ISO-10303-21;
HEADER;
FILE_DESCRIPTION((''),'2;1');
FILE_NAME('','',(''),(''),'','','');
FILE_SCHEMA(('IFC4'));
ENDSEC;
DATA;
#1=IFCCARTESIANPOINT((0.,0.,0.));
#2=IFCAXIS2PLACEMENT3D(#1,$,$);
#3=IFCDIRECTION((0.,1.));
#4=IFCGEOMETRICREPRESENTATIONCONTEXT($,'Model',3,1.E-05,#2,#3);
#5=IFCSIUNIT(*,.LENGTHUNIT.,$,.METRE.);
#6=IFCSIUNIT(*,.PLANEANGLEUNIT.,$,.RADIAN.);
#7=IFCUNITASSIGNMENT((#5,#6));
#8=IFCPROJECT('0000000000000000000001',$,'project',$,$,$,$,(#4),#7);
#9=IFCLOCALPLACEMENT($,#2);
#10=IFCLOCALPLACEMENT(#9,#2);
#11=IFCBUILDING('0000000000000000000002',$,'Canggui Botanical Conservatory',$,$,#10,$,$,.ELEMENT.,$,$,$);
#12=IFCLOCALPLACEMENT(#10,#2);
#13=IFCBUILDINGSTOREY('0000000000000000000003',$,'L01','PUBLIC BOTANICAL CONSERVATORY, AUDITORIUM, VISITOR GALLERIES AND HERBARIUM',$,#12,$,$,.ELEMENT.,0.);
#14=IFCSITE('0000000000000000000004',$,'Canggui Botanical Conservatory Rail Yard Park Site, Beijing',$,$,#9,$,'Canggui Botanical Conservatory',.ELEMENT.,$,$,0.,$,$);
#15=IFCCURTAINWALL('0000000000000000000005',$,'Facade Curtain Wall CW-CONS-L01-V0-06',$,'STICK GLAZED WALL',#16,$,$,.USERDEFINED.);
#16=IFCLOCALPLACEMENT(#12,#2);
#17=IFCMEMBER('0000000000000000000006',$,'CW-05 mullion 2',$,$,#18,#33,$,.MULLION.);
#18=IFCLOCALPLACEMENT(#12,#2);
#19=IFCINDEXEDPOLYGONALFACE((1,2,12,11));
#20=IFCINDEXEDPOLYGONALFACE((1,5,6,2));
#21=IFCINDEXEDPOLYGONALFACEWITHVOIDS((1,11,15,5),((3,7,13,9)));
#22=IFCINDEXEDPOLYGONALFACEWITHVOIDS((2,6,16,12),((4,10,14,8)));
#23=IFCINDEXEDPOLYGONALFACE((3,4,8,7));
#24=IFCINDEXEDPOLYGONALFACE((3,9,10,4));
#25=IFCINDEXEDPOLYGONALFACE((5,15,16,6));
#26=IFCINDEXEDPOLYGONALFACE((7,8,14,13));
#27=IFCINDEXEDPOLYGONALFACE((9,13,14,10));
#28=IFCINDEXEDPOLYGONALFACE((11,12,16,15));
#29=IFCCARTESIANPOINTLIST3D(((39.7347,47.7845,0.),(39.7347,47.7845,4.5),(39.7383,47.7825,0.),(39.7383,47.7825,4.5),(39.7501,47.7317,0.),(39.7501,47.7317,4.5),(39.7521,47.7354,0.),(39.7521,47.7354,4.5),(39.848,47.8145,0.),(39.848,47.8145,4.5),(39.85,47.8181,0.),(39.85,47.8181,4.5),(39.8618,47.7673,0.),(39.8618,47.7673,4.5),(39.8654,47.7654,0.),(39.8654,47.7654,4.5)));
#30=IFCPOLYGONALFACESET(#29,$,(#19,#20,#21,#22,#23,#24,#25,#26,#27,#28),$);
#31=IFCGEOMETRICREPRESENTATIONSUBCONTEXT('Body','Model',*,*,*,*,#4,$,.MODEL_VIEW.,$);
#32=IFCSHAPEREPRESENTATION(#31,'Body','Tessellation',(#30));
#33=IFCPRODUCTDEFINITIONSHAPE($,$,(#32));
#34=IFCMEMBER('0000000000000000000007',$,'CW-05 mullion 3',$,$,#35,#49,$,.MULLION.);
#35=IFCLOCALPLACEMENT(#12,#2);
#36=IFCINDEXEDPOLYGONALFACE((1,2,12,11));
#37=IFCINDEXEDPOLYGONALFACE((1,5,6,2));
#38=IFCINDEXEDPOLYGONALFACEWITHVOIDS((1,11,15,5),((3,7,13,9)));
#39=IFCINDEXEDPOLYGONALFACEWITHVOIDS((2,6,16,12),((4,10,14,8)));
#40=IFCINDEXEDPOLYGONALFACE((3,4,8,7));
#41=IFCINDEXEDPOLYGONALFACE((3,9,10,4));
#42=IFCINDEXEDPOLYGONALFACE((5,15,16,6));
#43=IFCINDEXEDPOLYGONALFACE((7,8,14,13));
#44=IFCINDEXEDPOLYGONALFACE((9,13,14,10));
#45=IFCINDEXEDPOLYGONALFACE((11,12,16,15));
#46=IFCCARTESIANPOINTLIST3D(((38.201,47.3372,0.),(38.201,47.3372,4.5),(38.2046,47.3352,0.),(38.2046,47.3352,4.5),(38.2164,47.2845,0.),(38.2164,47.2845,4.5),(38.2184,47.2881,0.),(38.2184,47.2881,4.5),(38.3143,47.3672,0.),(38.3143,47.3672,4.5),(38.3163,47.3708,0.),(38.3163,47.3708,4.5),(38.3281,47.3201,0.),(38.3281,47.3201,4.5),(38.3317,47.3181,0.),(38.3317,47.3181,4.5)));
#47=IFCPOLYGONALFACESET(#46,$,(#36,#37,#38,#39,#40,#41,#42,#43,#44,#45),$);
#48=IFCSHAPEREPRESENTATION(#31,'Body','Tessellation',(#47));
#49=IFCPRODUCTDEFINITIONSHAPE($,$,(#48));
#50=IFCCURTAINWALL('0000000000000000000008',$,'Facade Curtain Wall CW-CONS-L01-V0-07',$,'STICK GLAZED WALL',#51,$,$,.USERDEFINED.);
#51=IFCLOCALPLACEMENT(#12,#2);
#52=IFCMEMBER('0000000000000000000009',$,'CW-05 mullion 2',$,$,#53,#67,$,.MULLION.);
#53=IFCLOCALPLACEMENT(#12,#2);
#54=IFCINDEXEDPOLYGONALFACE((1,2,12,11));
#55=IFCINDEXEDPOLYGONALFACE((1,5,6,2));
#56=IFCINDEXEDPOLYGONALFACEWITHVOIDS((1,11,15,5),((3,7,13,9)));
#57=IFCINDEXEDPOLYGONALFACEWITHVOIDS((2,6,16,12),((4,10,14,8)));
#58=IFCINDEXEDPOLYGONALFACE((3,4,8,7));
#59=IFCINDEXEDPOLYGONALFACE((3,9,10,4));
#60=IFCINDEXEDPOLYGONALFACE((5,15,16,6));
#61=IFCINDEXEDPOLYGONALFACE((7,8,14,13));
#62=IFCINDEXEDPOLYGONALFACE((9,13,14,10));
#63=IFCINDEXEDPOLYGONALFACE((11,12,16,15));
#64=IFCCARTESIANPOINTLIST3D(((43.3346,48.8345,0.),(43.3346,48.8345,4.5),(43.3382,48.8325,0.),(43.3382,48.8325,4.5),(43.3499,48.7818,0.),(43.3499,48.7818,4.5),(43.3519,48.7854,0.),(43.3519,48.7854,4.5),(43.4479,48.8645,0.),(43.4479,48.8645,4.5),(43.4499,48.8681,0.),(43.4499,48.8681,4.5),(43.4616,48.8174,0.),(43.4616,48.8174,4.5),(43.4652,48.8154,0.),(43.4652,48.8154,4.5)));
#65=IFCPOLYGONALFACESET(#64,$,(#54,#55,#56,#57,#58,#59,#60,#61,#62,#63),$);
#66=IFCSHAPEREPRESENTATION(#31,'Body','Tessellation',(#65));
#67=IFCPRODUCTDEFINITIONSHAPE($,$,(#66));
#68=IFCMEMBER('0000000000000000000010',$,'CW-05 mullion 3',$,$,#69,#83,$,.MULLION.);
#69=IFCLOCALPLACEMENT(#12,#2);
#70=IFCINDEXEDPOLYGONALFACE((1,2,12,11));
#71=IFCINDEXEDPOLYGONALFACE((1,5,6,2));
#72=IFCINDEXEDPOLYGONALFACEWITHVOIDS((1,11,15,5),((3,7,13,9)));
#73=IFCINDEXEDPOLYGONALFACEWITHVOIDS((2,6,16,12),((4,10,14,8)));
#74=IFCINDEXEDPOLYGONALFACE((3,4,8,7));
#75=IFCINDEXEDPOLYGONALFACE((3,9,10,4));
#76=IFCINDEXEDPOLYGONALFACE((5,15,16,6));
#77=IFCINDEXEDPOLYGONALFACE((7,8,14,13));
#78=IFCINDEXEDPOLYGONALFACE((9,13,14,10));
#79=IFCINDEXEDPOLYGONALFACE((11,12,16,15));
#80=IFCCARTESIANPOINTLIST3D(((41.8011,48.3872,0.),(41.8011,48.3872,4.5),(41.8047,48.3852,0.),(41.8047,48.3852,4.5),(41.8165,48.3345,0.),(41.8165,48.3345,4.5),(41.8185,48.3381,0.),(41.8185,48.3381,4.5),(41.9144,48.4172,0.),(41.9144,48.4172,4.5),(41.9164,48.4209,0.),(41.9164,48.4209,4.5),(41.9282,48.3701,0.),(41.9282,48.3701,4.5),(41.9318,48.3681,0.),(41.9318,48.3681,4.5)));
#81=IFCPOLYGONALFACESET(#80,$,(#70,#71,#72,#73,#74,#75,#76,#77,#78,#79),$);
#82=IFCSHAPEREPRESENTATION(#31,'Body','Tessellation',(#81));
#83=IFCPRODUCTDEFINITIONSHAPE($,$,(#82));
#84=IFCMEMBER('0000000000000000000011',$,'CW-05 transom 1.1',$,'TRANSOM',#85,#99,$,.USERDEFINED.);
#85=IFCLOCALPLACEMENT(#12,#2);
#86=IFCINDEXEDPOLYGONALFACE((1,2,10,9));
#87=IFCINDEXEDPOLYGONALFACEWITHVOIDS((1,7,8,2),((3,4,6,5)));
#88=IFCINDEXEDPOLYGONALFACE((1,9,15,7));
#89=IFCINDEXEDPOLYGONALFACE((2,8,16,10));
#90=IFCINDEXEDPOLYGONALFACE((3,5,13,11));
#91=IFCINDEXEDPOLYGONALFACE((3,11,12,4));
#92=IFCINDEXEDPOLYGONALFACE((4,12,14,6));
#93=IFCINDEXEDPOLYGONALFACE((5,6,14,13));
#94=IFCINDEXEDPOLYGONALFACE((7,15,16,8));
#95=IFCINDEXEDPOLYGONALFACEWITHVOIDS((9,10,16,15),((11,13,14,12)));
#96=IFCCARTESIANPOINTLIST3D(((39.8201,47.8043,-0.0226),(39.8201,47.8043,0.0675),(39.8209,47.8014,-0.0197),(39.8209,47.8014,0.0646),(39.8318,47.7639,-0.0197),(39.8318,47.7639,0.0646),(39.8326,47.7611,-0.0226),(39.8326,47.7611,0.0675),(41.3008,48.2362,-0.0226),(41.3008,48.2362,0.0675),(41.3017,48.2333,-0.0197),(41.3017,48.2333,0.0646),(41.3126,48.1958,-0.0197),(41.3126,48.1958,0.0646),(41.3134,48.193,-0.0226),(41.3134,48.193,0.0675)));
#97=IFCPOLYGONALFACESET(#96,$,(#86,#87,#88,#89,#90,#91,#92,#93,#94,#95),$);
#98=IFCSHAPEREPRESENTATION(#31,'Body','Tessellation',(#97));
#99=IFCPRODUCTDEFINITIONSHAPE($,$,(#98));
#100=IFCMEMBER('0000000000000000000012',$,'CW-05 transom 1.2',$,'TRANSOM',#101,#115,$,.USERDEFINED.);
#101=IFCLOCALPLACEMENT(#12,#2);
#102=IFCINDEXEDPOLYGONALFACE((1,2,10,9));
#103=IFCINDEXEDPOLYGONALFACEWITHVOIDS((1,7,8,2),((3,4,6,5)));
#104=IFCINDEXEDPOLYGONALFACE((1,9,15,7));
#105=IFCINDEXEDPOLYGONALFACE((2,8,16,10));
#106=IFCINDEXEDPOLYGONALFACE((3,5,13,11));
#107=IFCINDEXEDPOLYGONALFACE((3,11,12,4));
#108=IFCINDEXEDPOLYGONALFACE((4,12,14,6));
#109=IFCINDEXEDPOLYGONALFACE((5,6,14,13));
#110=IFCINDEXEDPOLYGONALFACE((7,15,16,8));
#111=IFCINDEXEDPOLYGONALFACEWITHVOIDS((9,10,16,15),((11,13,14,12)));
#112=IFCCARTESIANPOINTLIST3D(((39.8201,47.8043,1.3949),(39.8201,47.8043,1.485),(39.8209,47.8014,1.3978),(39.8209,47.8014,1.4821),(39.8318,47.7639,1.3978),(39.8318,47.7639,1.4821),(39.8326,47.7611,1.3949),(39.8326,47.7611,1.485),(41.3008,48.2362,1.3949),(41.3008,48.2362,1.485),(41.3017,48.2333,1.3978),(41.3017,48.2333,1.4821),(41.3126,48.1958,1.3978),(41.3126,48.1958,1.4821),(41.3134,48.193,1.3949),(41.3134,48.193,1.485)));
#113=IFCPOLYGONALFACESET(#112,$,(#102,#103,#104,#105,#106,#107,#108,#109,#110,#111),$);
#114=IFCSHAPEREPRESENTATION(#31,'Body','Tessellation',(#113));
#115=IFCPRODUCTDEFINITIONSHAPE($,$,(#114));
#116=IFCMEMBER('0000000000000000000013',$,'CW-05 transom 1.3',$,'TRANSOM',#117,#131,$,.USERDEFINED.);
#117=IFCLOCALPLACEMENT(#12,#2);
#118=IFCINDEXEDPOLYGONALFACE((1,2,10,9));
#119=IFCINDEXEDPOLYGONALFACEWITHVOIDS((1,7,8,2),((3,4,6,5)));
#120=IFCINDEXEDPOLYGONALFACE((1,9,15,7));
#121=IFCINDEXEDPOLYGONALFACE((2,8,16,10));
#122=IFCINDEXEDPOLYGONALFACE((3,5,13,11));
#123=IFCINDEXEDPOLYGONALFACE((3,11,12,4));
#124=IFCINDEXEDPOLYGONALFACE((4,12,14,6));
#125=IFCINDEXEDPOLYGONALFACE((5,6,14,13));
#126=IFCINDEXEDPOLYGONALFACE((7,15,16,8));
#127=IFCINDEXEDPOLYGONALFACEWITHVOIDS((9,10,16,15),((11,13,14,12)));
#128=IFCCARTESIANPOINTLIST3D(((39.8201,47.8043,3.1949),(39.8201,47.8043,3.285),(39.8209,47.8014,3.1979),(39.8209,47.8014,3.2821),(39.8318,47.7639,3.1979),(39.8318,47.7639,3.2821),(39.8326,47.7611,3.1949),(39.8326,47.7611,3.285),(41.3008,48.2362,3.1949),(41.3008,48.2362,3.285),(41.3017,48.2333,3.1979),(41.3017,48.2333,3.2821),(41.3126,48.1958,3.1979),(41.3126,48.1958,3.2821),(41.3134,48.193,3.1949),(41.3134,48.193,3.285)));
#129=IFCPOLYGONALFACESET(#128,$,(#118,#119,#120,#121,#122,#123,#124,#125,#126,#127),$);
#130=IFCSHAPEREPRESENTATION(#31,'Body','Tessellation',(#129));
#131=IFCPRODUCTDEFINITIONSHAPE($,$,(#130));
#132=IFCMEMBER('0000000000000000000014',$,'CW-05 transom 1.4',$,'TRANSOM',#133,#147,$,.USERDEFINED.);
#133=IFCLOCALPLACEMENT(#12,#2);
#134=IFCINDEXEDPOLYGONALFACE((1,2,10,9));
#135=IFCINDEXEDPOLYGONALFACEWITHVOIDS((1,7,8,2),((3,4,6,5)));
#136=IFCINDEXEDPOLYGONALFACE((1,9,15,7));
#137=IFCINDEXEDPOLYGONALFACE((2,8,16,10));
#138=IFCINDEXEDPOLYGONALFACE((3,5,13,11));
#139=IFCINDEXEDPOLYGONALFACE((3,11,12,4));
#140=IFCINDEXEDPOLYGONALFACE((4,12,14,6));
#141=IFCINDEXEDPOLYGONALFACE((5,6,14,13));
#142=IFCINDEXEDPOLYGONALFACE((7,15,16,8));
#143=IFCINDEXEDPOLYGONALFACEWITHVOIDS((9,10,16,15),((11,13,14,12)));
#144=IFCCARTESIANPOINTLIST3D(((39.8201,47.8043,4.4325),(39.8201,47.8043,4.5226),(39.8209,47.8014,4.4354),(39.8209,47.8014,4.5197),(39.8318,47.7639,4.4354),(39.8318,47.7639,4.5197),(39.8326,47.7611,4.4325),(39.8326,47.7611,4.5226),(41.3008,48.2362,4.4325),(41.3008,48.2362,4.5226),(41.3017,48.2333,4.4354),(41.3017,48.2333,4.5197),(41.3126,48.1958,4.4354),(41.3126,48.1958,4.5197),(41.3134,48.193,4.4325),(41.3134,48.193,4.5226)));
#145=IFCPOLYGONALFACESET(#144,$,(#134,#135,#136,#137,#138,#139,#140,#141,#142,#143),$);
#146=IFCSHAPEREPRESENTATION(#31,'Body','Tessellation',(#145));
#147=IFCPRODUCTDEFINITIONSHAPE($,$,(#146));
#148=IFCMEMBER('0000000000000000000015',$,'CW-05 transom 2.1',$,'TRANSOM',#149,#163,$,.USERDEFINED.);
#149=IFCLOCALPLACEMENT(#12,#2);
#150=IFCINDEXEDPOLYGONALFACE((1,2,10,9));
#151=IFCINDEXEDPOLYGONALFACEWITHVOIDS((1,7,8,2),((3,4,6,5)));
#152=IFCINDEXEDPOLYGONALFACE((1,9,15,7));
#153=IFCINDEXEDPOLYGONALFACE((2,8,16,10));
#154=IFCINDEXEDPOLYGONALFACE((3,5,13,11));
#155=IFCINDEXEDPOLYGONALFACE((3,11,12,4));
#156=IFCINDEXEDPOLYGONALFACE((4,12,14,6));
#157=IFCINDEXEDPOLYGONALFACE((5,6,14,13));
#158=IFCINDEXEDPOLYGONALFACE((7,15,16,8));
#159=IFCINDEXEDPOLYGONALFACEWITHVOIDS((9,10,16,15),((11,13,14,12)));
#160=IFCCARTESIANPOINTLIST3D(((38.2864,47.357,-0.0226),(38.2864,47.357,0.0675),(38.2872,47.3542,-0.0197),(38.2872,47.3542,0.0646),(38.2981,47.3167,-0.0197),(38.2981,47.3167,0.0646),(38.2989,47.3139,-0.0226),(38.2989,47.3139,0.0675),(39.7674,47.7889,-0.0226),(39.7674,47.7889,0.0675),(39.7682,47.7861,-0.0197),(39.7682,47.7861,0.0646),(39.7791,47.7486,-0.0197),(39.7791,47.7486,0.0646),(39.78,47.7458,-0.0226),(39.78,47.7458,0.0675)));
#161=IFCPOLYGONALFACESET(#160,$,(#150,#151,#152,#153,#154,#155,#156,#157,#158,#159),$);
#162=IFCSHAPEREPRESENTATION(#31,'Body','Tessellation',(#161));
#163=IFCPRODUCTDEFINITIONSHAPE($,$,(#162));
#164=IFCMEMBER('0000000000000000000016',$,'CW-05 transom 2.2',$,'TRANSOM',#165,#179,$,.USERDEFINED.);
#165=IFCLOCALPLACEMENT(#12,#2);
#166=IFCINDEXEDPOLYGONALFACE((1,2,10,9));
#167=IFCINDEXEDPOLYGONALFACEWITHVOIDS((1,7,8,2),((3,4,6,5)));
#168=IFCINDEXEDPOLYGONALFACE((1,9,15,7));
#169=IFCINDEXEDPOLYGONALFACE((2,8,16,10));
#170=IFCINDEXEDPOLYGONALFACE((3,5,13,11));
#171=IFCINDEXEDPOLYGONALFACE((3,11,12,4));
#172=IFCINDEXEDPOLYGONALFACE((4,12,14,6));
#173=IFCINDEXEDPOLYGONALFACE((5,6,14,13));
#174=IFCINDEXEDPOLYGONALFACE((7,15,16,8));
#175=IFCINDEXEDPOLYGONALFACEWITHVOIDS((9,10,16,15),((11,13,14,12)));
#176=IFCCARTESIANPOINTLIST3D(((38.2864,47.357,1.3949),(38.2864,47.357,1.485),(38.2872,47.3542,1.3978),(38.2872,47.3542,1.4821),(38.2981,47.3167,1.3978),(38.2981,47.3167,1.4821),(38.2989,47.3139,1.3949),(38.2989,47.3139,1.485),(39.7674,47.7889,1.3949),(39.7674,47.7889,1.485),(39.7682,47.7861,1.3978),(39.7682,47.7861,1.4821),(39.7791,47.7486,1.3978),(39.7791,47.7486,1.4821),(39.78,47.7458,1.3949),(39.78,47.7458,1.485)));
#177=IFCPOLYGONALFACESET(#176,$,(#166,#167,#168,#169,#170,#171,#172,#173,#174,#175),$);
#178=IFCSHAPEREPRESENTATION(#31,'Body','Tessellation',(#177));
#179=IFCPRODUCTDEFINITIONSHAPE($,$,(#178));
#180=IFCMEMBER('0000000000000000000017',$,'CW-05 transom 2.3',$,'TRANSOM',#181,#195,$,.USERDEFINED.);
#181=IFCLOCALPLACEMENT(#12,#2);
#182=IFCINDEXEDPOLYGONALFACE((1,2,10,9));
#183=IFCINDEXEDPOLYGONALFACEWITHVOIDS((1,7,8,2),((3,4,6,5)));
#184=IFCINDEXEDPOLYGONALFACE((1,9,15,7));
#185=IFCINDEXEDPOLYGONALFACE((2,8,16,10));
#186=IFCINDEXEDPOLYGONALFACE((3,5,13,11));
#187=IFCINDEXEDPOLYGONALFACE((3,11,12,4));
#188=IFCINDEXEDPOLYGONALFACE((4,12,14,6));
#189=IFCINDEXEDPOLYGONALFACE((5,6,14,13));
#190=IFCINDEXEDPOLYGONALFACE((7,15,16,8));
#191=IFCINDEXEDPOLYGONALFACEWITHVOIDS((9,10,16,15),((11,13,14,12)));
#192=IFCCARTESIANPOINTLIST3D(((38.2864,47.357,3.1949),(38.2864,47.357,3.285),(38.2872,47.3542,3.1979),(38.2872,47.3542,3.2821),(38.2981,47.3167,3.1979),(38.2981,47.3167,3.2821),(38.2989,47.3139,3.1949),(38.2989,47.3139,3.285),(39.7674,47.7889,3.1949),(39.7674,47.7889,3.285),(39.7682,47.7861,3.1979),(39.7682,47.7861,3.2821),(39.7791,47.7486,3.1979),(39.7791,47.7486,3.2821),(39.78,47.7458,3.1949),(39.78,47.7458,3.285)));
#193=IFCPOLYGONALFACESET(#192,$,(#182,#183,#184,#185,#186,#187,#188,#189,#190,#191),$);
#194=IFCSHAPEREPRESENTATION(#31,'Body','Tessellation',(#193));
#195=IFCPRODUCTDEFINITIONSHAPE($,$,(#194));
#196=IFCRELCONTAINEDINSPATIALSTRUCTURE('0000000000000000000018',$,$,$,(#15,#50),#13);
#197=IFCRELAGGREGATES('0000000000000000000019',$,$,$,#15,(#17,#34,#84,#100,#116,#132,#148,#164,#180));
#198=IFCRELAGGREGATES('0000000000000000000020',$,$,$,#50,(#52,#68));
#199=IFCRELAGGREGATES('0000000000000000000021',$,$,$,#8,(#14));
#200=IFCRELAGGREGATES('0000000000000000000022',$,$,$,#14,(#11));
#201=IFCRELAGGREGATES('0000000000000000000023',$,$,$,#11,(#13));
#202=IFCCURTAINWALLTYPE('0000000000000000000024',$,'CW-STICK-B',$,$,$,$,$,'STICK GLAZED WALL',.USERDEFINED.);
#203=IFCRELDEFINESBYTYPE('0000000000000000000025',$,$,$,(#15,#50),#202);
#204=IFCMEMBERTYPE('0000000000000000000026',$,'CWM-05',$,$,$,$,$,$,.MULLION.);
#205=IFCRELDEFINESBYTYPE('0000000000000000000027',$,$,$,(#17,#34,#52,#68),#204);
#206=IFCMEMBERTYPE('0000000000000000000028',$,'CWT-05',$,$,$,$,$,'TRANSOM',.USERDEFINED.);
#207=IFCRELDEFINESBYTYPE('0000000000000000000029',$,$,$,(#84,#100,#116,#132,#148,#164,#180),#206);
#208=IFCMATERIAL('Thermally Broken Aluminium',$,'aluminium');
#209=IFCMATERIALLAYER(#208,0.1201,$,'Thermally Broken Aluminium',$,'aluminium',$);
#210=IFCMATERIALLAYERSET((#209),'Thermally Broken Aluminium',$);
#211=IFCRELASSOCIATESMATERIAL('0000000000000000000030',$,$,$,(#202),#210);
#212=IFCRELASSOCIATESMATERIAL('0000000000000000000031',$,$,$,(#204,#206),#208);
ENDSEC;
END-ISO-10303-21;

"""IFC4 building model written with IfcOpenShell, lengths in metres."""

from ifc_helpers import new_model, si_unit, direction, frame, origin, origin_2d, place, context, subcontext, project, spatial, hollow_rectangle, extrude, material, layer, layer_set, material_profile, profile_set, type_object, element, aggregate, save


model = new_model("IFC4")

# Units and contexts
model_context = context("Model", 3, precision=1e-05, world=origin(), true_north=direction((0.0, 1.0)))
body_context = subcontext(model_context, "Body", "Model", "MODEL_VIEW")
ifc_project = project(units=[si_unit("LENGTHUNIT", "METRE"), si_unit("PLANEANGLEUNIT", "RADIAN")], contexts=[model_context])

# Site, building, storey
site_placement = place(None, origin())
site = spatial("IfcSite", under=ifc_project, at=site_placement, Name="Canggui Botanical Conservatory Rail Yard Park Site, Beijing", LongName="Canggui Botanical Conservatory", CompositionType="ELEMENT", RefElevation=0.0)
building_placement = place(site_placement, origin())
building = spatial("IfcBuilding", under=site, at=building_placement, Name="Canggui Botanical Conservatory", CompositionType="ELEMENT")
storey_placement = place(building_placement, origin())
storey = spatial("IfcBuildingStorey", under=building, at=storey_placement, Name="L01", Description="PUBLIC BOTANICAL CONSERVATORY, AUDITORIUM, VISITOR GALLERIES AND HERBARIUM", CompositionType="ELEMENT", Elevation=0.0)

# Curtain walls, members
ifc_material_1 = material(Name="Thermally Broken Aluminium", Category="aluminium")
ifc_layer_1 = layer(ifc_material_1, 0.1201, Name="Thermally Broken Aluminium", Category="aluminium")
ifc_layer_set_1 = layer_set([ifc_layer_1], Name="Thermally Broken Aluminium")
curtain_wall_type = type_object("IfcCurtainWallType", Name="CW-STICK-B", ElementType="STICK GLAZED WALL", PredefinedType="USERDEFINED", material=ifc_layer_set_1)
curtain_wall_1_placement = place(storey_placement, origin())
curtain_wall_1 = element("IfcCurtainWall", 1, at=curtain_wall_1_placement, inside=storey, type_object=curtain_wall_type, Name="Facade Curtain Wall CW-CONS-L01-V0-06", ObjectType="STICK GLAZED WALL", PredefinedType="USERDEFINED")
ifc_material_profile_1 = material_profile(ifc_material_1, hollow_rectangle(XDim=0.0549, YDim=0.1201, WallThickness=0.0029, at=origin_2d()), Name="CWM 55x120x3")
ifc_profile_set_1 = profile_set([ifc_material_profile_1], Name="Thermally Broken Aluminium")
member_type_1 = type_object("IfcMemberType", Name="CWM-05", PredefinedType="MULLION", material=ifc_profile_set_1)
member_1_placement = place(storey_placement, frame((39.8, 47.7749, 0.0), z_axis=(0.0, 0.0, 1.0), x_axis=(0.28, -0.96, 0.0)))
member_1 = element("IfcMember", 2, at=member_1_placement, type_object=member_type_1, Name="CW-05 mullion 2", PredefinedType="MULLION", context=body_context, shape_type="SweptSolid", body=[
    extrude(hollow_rectangle(XDim=0.0549, YDim=0.1201, WallThickness=0.0029, at=origin_2d()), origin(), (0.0, 0.0, 1.0), 4.5),
])
member_2_placement = place(storey_placement, frame((38.2664, 47.3276, 0.0), z_axis=(0.0, 0.0, 1.0), x_axis=(0.28, -0.96, 0.0)))
member_2 = element("IfcMember", 3, at=member_2_placement, type_object=member_type_1, Name="CW-05 mullion 3", PredefinedType="MULLION", context=body_context, shape_type="SweptSolid", body=[
    extrude(hollow_rectangle(XDim=0.0549, YDim=0.1201, WallThickness=0.0029, at=origin_2d()), origin(), (0.0, 0.0, 1.0), 4.5),
])
curtain_wall_2_placement = place(storey_placement, origin())
curtain_wall_2 = element("IfcCurtainWall", 4, at=curtain_wall_2_placement, inside=storey, type_object=curtain_wall_type, Name="Facade Curtain Wall CW-CONS-L01-V0-07", ObjectType="STICK GLAZED WALL", PredefinedType="USERDEFINED")
member_3_placement = place(storey_placement, frame((43.3999, 48.825, 0.0), z_axis=(0.0, 0.0, 1.0), x_axis=(0.28, -0.96, 0.0)))
member_3 = element("IfcMember", 5, at=member_3_placement, type_object=member_type_1, Name="CW-05 mullion 2", PredefinedType="MULLION", context=body_context, shape_type="SweptSolid", body=[
    extrude(hollow_rectangle(XDim=0.0549, YDim=0.1201, WallThickness=0.0029, at=origin_2d()), origin(), (0.0, 0.0, 1.0), 4.5),
])
member_4_placement = place(storey_placement, frame((41.8665, 48.3777, 0.0), z_axis=(0.0, 0.0, 1.0), x_axis=(0.28, -0.96, 0.0)))
member_4 = element("IfcMember", 6, at=member_4_placement, type_object=member_type_1, Name="CW-05 mullion 3", PredefinedType="MULLION", context=body_context, shape_type="SweptSolid", body=[
    extrude(hollow_rectangle(XDim=0.0549, YDim=0.1201, WallThickness=0.0029, at=origin_2d()), origin(), (0.0, 0.0, 1.0), 4.5),
])

# Members
ifc_material_profile_2 = material_profile(ifc_material_1, hollow_rectangle(XDim=0.0449, YDim=0.0901, WallThickness=0.0029, at=origin_2d()), Name="CWT 45x90x3")
ifc_profile_set_2 = profile_set([ifc_material_profile_2], Name="Thermally Broken Aluminium")
member_type_2 = type_object("IfcMemberType", Name="CWT-05", ElementType="TRANSOM", PredefinedType="USERDEFINED", material=ifc_profile_set_2)
member_5_placement = place(storey_placement, frame((41.3071, 48.2146, 0.0225), z_axis=(-0.959998, -0.280006, 0.0), x_axis=(0.280006, -0.959998, 0.0)))
member_5 = element("IfcMember", 7, at=member_5_placement, type_object=member_type_2, Name="CW-05 transom 1.1", ObjectType="TRANSOM", PredefinedType="USERDEFINED", context=body_context, shape_type="SweptSolid", body=[
    extrude(hollow_rectangle(XDim=0.0449, YDim=0.0901, WallThickness=0.0029, at=origin_2d()), origin(), (0.0, 0.0, 1.0), 1.5425),
])
member_6_placement = place(storey_placement, frame((41.3071, 48.2146, 1.4399), z_axis=(-0.959998, -0.280006, 0.0), x_axis=(0.280006, -0.959998, 0.0)))
member_6 = element("IfcMember", 8, at=member_6_placement, type_object=member_type_2, Name="CW-05 transom 1.2", ObjectType="TRANSOM", PredefinedType="USERDEFINED", context=body_context, shape_type="SweptSolid", body=[
    extrude(hollow_rectangle(XDim=0.0449, YDim=0.0901, WallThickness=0.0029, at=origin_2d()), origin(), (0.0, 0.0, 1.0), 1.5425),
])
member_7_placement = place(storey_placement, frame((41.3071, 48.2146, 3.24), z_axis=(-0.959998, -0.280006, 0.0), x_axis=(0.280006, -0.959998, 0.0)))
member_7 = element("IfcMember", 9, at=member_7_placement, type_object=member_type_2, Name="CW-05 transom 1.3", ObjectType="TRANSOM", PredefinedType="USERDEFINED", context=body_context, shape_type="SweptSolid", body=[
    extrude(hollow_rectangle(XDim=0.0449, YDim=0.0901, WallThickness=0.0029, at=origin_2d()), origin(), (0.0, 0.0, 1.0), 1.5425),
])
member_8_placement = place(storey_placement, frame((41.3071, 48.2146, 4.4775), z_axis=(-0.959998, -0.280006, 0.0), x_axis=(0.280006, -0.959998, 0.0)))
member_8 = element("IfcMember", 10, at=member_8_placement, type_object=member_type_2, Name="CW-05 transom 1.4", ObjectType="TRANSOM", PredefinedType="USERDEFINED", context=body_context, shape_type="SweptSolid", body=[
    extrude(hollow_rectangle(XDim=0.0449, YDim=0.0901, WallThickness=0.0029, at=origin_2d()), origin(), (0.0, 0.0, 1.0), 1.5425),
])
member_9_placement = place(storey_placement, frame((39.7737, 47.7673, 0.0225), z_axis=(-0.960011, -0.279964, 0.0), x_axis=(0.279964, -0.960011, 0.0)))
member_9 = element("IfcMember", 11, at=member_9_placement, type_object=member_type_2, Name="CW-05 transom 2.1", ObjectType="TRANSOM", PredefinedType="USERDEFINED", context=body_context, shape_type="SweptSolid", body=[
    extrude(hollow_rectangle(XDim=0.0449, YDim=0.0901, WallThickness=0.0029, at=origin_2d()), origin(), (0.0, 0.0, 1.0), 1.5427),
])
member_10_placement = place(storey_placement, frame((39.7737, 47.7673, 1.4399), z_axis=(-0.960011, -0.279964, 0.0), x_axis=(0.279964, -0.960011, 0.0)))
member_10 = element("IfcMember", 12, at=member_10_placement, type_object=member_type_2, Name="CW-05 transom 2.2", ObjectType="TRANSOM", PredefinedType="USERDEFINED", context=body_context, shape_type="SweptSolid", body=[
    extrude(hollow_rectangle(XDim=0.0449, YDim=0.0901, WallThickness=0.0029, at=origin_2d()), origin(), (0.0, 0.0, 1.0), 1.5427),
])
member_11_placement = place(storey_placement, frame((39.7737, 47.7673, 3.24), z_axis=(-0.960011, -0.279964, 0.0), x_axis=(0.279964, -0.960011, 0.0)))
member_11 = element("IfcMember", 13, at=member_11_placement, type_object=member_type_2, Name="CW-05 transom 2.3", ObjectType="TRANSOM", PredefinedType="USERDEFINED", context=body_context, shape_type="SweptSolid", body=[
    extrude(hollow_rectangle(XDim=0.0449, YDim=0.0901, WallThickness=0.0029, at=origin_2d()), origin(), (0.0, 0.0, 1.0), 1.5427),
])

aggregate(curtain_wall_1, [member_1, member_2, member_5, member_6, member_7, member_8, member_9, member_10, member_11])
aggregate(curtain_wall_2, [member_3, member_4])

save(model, "model.ifc")
